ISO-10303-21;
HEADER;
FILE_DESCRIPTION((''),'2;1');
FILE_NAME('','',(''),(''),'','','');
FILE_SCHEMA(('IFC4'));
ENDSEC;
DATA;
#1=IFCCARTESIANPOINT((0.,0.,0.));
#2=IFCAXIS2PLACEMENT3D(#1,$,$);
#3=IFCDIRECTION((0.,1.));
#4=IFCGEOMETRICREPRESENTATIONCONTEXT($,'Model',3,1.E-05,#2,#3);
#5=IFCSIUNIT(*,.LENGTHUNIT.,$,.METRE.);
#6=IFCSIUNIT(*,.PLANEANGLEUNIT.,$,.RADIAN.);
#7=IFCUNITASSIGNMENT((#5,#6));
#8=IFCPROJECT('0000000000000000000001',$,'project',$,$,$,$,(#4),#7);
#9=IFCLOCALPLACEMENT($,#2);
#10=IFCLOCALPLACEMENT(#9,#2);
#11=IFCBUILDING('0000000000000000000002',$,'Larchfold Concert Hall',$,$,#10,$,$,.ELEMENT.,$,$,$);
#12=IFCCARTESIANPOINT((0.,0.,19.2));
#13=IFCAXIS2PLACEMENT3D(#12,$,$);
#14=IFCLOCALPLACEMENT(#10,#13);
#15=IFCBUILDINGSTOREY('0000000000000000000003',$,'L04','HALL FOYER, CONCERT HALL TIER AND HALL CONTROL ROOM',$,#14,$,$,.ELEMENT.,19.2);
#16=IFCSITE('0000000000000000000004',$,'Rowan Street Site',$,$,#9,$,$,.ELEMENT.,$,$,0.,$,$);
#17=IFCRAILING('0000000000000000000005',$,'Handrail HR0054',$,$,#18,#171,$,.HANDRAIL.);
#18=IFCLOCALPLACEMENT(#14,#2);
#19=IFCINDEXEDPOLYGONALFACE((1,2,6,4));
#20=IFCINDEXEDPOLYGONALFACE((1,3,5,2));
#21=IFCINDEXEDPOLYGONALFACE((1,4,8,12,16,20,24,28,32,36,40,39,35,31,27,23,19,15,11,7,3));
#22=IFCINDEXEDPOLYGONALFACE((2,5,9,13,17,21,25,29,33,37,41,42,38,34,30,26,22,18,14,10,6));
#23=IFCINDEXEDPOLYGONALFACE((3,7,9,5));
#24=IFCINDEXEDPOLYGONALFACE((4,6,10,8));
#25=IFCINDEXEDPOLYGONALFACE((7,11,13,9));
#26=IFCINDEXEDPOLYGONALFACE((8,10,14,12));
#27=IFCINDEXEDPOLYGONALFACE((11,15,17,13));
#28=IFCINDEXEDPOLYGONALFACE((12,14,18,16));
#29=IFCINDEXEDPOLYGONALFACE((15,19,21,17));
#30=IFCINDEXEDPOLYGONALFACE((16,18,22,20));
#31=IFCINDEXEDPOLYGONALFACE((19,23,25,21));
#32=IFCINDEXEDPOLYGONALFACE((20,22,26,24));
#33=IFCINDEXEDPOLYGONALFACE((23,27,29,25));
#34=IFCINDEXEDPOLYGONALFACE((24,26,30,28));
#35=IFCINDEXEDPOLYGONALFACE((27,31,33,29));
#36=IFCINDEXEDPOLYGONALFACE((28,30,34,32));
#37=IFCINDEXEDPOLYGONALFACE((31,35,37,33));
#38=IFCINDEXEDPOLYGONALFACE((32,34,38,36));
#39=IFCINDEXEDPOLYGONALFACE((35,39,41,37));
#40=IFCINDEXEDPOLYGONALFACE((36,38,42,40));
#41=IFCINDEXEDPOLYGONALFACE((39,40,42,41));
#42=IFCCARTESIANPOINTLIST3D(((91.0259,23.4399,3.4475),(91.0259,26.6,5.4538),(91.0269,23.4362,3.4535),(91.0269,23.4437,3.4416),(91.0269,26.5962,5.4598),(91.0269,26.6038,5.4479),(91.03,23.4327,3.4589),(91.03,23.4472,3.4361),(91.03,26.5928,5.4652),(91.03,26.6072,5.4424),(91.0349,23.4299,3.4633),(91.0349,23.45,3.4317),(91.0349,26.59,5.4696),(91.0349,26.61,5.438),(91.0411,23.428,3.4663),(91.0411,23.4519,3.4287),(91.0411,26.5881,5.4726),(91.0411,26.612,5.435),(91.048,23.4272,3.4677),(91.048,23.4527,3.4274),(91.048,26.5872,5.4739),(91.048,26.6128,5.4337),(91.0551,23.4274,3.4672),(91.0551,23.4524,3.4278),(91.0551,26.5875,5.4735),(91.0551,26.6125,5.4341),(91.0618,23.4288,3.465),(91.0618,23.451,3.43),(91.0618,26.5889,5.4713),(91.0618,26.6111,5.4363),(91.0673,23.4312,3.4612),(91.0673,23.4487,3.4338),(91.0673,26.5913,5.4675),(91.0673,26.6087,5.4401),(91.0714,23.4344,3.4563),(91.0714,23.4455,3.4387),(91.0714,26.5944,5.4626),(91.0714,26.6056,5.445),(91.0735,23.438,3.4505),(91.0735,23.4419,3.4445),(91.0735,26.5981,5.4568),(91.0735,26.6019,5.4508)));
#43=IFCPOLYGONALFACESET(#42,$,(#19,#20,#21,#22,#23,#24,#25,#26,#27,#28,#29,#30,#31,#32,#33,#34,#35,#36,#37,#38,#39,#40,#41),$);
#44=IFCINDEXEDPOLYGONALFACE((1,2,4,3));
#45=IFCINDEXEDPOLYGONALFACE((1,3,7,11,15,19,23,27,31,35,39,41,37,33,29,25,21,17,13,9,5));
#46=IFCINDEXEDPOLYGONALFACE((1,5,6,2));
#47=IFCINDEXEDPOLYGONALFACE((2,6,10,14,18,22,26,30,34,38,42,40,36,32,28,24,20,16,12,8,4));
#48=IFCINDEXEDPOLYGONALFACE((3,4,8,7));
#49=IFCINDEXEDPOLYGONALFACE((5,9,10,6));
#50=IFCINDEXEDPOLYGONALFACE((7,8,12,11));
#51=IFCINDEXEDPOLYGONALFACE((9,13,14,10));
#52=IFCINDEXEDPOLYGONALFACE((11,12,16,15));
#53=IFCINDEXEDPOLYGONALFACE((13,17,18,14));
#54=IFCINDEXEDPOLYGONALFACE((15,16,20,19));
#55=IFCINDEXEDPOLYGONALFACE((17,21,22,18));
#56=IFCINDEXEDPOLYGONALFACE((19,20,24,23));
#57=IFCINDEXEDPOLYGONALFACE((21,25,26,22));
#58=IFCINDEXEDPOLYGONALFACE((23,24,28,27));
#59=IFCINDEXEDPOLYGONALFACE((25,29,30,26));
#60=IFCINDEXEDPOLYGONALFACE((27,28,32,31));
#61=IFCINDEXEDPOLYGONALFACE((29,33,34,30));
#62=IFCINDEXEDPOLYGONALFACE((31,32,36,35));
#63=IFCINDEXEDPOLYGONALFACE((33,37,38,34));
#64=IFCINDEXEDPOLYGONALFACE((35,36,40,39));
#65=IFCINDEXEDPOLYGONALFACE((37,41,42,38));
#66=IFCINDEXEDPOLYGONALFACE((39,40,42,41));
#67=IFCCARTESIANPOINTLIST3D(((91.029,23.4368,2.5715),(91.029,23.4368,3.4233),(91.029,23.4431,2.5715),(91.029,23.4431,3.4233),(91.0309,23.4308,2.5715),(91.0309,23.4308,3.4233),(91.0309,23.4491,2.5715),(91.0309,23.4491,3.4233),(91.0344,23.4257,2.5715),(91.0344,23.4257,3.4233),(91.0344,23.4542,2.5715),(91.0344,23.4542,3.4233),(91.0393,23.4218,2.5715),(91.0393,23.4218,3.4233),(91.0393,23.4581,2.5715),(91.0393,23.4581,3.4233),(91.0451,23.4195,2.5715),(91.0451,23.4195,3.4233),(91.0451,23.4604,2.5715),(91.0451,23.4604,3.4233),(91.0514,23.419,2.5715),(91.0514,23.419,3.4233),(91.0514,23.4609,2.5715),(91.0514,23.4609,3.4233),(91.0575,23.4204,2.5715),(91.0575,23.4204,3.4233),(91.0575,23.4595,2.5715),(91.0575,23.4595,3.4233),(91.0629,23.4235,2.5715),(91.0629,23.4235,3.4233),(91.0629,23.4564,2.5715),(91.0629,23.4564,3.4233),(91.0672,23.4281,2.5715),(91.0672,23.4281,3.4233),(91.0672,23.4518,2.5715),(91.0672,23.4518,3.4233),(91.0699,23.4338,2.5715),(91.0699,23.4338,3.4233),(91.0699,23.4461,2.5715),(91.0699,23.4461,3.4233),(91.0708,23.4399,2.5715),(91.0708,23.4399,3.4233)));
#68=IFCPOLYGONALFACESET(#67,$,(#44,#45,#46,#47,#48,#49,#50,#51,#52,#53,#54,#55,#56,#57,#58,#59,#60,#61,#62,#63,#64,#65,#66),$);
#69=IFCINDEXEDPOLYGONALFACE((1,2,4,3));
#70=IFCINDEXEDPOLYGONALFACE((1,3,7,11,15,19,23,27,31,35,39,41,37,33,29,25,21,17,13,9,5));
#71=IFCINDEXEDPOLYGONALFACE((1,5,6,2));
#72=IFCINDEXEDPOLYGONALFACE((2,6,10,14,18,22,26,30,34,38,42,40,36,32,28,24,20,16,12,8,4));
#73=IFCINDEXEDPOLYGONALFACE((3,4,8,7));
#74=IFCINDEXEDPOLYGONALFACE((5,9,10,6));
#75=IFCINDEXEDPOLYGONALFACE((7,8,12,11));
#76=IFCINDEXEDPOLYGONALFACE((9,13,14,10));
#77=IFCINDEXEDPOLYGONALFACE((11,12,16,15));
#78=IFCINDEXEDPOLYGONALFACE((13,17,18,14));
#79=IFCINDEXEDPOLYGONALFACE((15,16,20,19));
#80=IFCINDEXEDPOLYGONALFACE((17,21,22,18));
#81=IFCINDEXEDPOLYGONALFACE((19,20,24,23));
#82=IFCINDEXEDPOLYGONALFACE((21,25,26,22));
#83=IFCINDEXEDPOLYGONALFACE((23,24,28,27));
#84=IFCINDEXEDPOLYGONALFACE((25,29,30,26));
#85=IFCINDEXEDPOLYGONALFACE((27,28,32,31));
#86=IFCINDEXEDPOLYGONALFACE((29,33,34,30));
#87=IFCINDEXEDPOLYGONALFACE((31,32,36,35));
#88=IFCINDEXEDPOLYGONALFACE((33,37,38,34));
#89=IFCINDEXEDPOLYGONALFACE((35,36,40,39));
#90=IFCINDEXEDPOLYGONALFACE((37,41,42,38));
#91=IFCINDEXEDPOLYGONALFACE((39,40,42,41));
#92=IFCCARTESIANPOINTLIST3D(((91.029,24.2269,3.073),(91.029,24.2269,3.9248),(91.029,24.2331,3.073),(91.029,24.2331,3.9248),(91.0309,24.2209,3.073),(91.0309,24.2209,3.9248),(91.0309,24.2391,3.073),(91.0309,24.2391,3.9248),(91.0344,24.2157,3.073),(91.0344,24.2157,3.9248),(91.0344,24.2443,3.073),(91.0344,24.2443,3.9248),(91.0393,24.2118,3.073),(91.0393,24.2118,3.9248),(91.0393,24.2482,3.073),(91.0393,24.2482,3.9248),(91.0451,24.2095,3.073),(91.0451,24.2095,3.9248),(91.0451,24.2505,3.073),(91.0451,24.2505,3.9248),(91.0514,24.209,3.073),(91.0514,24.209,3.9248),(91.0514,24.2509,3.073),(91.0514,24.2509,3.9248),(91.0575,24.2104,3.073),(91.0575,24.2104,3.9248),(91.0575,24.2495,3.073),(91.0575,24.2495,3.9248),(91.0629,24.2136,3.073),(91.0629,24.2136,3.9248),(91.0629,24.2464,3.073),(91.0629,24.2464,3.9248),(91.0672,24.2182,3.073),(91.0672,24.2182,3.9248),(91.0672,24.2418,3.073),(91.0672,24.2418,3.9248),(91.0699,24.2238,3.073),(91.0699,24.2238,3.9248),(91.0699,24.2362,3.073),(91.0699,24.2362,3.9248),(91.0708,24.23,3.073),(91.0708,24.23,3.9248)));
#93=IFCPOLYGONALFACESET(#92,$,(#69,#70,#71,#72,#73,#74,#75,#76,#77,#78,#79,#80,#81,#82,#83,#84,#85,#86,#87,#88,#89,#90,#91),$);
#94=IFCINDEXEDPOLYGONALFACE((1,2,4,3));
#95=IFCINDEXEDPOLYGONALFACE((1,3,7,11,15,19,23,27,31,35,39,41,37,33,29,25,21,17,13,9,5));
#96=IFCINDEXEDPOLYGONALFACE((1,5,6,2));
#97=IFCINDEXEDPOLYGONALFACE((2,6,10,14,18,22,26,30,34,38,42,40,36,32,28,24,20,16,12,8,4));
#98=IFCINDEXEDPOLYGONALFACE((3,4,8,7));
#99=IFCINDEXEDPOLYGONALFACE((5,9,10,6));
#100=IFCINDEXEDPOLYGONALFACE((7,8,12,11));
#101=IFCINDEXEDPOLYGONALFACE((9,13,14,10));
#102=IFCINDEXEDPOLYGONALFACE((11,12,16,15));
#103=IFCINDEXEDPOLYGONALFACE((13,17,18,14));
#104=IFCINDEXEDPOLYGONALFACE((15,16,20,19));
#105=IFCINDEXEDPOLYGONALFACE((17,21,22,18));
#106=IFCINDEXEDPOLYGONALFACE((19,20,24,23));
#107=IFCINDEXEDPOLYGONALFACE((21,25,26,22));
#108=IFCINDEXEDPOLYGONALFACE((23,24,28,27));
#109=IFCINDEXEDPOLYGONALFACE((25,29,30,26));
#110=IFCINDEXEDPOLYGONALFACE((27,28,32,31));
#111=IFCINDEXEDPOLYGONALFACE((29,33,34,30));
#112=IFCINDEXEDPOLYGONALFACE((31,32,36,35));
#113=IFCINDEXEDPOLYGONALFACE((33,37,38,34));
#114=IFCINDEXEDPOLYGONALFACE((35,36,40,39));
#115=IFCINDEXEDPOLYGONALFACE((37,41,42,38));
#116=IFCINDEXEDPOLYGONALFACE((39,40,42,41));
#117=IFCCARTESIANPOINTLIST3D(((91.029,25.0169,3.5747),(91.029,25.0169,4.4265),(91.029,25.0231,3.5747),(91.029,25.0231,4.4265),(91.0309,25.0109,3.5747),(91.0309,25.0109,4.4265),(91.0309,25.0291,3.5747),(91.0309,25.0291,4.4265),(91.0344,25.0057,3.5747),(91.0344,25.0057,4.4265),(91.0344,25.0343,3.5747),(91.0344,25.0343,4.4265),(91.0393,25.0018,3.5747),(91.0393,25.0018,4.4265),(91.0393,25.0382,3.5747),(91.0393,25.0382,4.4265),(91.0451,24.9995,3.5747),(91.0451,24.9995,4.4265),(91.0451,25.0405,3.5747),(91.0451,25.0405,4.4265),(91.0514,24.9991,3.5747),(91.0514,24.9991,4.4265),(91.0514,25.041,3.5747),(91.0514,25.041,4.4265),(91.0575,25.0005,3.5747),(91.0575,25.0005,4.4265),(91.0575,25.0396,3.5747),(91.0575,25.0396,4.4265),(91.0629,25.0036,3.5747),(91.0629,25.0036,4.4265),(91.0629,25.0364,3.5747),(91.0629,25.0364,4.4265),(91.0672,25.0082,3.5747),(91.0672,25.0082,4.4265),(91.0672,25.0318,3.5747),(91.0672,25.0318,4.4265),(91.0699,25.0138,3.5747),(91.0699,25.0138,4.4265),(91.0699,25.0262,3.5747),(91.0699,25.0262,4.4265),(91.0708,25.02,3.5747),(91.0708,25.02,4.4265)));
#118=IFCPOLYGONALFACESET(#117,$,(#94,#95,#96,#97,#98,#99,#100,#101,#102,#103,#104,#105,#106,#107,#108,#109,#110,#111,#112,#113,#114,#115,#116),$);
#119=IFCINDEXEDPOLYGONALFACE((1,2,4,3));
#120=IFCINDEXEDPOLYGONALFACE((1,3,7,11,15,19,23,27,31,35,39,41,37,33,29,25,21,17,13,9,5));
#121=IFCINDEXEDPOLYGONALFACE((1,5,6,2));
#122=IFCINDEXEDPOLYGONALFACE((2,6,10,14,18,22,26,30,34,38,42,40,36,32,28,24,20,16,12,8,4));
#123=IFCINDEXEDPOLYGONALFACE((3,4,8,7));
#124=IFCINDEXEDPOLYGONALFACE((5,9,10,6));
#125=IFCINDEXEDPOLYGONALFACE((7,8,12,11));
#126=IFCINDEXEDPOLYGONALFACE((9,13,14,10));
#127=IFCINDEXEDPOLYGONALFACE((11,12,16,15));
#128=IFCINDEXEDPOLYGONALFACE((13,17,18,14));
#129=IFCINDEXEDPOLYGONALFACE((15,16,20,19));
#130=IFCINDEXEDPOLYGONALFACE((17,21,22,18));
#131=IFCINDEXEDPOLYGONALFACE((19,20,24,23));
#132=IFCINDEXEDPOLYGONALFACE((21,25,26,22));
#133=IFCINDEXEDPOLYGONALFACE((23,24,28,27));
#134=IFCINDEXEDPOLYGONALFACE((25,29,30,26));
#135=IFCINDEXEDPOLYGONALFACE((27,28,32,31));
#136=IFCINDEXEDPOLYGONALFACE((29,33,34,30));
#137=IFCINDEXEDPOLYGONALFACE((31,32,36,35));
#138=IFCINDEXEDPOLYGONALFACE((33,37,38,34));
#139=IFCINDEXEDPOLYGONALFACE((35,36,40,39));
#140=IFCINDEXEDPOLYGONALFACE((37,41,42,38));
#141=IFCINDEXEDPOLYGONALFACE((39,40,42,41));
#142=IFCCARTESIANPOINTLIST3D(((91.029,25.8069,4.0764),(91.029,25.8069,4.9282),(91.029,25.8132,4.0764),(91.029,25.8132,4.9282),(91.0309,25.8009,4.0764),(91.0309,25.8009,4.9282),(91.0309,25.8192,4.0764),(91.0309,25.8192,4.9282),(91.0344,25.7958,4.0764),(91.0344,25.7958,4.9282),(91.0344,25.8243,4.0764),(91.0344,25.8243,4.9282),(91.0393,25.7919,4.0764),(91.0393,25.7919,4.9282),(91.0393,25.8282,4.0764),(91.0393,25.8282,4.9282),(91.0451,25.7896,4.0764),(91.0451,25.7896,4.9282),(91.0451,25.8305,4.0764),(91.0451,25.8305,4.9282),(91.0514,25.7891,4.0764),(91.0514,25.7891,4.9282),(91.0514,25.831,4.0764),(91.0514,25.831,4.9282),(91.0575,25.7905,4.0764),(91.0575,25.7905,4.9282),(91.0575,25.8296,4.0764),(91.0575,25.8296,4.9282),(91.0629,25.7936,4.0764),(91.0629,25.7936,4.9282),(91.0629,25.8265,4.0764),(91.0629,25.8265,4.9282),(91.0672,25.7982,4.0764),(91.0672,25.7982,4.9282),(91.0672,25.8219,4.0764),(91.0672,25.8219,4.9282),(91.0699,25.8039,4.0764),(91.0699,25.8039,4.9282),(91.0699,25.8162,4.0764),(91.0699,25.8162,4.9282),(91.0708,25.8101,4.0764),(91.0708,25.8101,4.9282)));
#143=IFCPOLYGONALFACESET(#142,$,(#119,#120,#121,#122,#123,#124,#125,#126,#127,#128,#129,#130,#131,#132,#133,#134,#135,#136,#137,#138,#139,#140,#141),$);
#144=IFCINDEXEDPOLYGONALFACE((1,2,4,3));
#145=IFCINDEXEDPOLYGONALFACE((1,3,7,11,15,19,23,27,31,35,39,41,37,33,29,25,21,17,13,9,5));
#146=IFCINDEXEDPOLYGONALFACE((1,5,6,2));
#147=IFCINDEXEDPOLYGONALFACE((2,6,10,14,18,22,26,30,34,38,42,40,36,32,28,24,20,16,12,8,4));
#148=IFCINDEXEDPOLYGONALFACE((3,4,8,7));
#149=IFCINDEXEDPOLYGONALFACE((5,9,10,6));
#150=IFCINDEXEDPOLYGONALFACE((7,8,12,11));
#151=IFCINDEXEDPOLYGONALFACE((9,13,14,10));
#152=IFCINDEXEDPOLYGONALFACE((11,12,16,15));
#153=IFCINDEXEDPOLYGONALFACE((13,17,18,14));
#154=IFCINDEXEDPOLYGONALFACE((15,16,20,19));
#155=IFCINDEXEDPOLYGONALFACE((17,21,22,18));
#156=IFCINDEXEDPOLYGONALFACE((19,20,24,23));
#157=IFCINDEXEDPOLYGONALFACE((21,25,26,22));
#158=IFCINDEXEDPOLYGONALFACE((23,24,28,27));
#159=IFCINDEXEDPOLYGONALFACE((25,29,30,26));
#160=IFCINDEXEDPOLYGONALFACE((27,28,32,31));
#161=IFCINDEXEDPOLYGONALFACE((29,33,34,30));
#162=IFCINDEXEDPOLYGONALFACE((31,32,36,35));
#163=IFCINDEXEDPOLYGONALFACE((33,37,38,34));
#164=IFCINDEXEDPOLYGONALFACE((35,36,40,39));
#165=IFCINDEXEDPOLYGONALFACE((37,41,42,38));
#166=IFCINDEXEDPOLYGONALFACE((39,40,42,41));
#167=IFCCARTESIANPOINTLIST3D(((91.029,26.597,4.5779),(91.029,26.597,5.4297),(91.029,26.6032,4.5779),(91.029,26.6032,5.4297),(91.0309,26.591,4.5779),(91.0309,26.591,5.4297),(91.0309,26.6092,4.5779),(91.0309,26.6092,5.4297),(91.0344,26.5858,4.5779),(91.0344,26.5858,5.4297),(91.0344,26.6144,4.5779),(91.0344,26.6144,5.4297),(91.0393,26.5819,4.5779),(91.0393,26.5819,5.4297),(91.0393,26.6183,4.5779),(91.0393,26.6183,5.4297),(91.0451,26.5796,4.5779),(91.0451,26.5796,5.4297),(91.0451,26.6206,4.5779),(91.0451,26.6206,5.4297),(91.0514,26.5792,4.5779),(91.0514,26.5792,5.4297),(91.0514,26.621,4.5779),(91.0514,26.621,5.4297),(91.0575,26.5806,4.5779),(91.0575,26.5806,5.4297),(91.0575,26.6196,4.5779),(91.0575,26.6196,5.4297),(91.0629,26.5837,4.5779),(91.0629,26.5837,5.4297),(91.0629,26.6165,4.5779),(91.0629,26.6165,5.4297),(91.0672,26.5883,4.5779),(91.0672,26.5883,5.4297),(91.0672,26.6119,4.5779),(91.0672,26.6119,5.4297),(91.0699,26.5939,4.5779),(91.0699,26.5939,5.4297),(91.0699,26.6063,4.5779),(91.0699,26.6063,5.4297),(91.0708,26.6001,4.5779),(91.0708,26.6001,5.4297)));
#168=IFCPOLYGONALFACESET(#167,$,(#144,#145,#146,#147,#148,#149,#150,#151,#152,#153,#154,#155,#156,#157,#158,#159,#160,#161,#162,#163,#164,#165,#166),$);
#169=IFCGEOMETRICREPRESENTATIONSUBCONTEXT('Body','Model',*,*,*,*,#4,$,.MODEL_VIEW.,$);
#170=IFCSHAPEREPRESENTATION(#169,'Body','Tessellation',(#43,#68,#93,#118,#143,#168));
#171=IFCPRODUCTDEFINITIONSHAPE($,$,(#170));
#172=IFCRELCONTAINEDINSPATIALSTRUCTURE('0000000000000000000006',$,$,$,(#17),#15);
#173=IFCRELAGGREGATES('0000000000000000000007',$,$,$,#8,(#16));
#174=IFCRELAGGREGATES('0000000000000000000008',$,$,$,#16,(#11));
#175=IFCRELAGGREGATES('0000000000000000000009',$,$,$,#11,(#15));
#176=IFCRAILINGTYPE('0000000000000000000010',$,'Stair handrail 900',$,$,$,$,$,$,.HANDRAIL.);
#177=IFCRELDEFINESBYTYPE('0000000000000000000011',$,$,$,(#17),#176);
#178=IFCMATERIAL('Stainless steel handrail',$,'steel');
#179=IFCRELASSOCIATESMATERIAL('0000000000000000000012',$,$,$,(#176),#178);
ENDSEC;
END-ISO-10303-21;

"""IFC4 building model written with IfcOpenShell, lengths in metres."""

from ifc_helpers import new_model, si_unit, direction, frame, origin, origin_2d, place, context, subcontext, project, spatial, circle, extrude, material, type_object, element, save


model = new_model("IFC4")

# Units and contexts
model_context = context("Model", 3, precision=1e-05, world=origin(), true_north=direction((0.0, 1.0)))
body_context = subcontext(model_context, "Body", "Model", "MODEL_VIEW")
ifc_project = project(units=[si_unit("LENGTHUNIT", "METRE"), si_unit("PLANEANGLEUNIT", "RADIAN")], contexts=[model_context])

# Site, building, storey
site_placement = place(None, origin())
site = spatial("IfcSite", under=ifc_project, at=site_placement, Name="Rowan Street Site", CompositionType="ELEMENT", RefElevation=0.0)
building_placement = place(site_placement, origin())
building = spatial("IfcBuilding", under=site, at=building_placement, Name="Larchfold Concert Hall", CompositionType="ELEMENT")
storey_placement = place(building_placement, frame((0.0, 0.0, 19.2)))
storey = spatial("IfcBuildingStorey", under=building, at=storey_placement, Name="L04", Description="HALL FOYER, CONCERT HALL TIER AND HALL CONTROL ROOM", CompositionType="ELEMENT", Elevation=19.2)

# Railing
ifc_material_1 = material(Name="Stainless steel handrail", Category="steel")
railing_type_1 = type_object("IfcRailingType", Name="Stair handrail 900", PredefinedType="HANDRAIL", material=ifc_material_1)
railing_1_placement = place(storey_placement, frame((91.0498, 23.4399, 2.5715)))
element("IfcRailing", 1, at=railing_1_placement, inside=storey, type_object=railing_type_1, Name="Handrail HR0054", PredefinedType="HANDRAIL", context=body_context, shape_type="SweptSolid", body=[
    extrude(circle(Radius=0.0239, at=origin_2d()), frame((0.0, 0.0, 0.876), z_axis=(0.0, 0.844225, 0.535989), x_axis=(-1.0, 0.0, 0.0)), (0.0, 0.0, 1.0), 3.7432),
    extrude(circle(Radius=0.021, at=origin_2d()), origin(), (0.0, 0.0, 1.0), 0.8518),
    extrude(circle(Radius=0.021, at=origin_2d()), frame((0.0, 0.79, 0.5015)), (0.0, 0.0, 1.0), 0.8518),
    extrude(circle(Radius=0.021, at=origin_2d()), frame((0.0, 1.5801, 1.0032)), (0.0, 0.0, 1.0), 0.8518),
    extrude(circle(Radius=0.021, at=origin_2d()), frame((0.0, 2.3701, 1.5049)), (0.0, 0.0, 1.0), 0.8518),
    extrude(circle(Radius=0.021, at=origin_2d()), frame((0.0, 3.1602, 2.0063)), (0.0, 0.0, 1.0), 0.8518),
])

save(model, "model.ifc")
